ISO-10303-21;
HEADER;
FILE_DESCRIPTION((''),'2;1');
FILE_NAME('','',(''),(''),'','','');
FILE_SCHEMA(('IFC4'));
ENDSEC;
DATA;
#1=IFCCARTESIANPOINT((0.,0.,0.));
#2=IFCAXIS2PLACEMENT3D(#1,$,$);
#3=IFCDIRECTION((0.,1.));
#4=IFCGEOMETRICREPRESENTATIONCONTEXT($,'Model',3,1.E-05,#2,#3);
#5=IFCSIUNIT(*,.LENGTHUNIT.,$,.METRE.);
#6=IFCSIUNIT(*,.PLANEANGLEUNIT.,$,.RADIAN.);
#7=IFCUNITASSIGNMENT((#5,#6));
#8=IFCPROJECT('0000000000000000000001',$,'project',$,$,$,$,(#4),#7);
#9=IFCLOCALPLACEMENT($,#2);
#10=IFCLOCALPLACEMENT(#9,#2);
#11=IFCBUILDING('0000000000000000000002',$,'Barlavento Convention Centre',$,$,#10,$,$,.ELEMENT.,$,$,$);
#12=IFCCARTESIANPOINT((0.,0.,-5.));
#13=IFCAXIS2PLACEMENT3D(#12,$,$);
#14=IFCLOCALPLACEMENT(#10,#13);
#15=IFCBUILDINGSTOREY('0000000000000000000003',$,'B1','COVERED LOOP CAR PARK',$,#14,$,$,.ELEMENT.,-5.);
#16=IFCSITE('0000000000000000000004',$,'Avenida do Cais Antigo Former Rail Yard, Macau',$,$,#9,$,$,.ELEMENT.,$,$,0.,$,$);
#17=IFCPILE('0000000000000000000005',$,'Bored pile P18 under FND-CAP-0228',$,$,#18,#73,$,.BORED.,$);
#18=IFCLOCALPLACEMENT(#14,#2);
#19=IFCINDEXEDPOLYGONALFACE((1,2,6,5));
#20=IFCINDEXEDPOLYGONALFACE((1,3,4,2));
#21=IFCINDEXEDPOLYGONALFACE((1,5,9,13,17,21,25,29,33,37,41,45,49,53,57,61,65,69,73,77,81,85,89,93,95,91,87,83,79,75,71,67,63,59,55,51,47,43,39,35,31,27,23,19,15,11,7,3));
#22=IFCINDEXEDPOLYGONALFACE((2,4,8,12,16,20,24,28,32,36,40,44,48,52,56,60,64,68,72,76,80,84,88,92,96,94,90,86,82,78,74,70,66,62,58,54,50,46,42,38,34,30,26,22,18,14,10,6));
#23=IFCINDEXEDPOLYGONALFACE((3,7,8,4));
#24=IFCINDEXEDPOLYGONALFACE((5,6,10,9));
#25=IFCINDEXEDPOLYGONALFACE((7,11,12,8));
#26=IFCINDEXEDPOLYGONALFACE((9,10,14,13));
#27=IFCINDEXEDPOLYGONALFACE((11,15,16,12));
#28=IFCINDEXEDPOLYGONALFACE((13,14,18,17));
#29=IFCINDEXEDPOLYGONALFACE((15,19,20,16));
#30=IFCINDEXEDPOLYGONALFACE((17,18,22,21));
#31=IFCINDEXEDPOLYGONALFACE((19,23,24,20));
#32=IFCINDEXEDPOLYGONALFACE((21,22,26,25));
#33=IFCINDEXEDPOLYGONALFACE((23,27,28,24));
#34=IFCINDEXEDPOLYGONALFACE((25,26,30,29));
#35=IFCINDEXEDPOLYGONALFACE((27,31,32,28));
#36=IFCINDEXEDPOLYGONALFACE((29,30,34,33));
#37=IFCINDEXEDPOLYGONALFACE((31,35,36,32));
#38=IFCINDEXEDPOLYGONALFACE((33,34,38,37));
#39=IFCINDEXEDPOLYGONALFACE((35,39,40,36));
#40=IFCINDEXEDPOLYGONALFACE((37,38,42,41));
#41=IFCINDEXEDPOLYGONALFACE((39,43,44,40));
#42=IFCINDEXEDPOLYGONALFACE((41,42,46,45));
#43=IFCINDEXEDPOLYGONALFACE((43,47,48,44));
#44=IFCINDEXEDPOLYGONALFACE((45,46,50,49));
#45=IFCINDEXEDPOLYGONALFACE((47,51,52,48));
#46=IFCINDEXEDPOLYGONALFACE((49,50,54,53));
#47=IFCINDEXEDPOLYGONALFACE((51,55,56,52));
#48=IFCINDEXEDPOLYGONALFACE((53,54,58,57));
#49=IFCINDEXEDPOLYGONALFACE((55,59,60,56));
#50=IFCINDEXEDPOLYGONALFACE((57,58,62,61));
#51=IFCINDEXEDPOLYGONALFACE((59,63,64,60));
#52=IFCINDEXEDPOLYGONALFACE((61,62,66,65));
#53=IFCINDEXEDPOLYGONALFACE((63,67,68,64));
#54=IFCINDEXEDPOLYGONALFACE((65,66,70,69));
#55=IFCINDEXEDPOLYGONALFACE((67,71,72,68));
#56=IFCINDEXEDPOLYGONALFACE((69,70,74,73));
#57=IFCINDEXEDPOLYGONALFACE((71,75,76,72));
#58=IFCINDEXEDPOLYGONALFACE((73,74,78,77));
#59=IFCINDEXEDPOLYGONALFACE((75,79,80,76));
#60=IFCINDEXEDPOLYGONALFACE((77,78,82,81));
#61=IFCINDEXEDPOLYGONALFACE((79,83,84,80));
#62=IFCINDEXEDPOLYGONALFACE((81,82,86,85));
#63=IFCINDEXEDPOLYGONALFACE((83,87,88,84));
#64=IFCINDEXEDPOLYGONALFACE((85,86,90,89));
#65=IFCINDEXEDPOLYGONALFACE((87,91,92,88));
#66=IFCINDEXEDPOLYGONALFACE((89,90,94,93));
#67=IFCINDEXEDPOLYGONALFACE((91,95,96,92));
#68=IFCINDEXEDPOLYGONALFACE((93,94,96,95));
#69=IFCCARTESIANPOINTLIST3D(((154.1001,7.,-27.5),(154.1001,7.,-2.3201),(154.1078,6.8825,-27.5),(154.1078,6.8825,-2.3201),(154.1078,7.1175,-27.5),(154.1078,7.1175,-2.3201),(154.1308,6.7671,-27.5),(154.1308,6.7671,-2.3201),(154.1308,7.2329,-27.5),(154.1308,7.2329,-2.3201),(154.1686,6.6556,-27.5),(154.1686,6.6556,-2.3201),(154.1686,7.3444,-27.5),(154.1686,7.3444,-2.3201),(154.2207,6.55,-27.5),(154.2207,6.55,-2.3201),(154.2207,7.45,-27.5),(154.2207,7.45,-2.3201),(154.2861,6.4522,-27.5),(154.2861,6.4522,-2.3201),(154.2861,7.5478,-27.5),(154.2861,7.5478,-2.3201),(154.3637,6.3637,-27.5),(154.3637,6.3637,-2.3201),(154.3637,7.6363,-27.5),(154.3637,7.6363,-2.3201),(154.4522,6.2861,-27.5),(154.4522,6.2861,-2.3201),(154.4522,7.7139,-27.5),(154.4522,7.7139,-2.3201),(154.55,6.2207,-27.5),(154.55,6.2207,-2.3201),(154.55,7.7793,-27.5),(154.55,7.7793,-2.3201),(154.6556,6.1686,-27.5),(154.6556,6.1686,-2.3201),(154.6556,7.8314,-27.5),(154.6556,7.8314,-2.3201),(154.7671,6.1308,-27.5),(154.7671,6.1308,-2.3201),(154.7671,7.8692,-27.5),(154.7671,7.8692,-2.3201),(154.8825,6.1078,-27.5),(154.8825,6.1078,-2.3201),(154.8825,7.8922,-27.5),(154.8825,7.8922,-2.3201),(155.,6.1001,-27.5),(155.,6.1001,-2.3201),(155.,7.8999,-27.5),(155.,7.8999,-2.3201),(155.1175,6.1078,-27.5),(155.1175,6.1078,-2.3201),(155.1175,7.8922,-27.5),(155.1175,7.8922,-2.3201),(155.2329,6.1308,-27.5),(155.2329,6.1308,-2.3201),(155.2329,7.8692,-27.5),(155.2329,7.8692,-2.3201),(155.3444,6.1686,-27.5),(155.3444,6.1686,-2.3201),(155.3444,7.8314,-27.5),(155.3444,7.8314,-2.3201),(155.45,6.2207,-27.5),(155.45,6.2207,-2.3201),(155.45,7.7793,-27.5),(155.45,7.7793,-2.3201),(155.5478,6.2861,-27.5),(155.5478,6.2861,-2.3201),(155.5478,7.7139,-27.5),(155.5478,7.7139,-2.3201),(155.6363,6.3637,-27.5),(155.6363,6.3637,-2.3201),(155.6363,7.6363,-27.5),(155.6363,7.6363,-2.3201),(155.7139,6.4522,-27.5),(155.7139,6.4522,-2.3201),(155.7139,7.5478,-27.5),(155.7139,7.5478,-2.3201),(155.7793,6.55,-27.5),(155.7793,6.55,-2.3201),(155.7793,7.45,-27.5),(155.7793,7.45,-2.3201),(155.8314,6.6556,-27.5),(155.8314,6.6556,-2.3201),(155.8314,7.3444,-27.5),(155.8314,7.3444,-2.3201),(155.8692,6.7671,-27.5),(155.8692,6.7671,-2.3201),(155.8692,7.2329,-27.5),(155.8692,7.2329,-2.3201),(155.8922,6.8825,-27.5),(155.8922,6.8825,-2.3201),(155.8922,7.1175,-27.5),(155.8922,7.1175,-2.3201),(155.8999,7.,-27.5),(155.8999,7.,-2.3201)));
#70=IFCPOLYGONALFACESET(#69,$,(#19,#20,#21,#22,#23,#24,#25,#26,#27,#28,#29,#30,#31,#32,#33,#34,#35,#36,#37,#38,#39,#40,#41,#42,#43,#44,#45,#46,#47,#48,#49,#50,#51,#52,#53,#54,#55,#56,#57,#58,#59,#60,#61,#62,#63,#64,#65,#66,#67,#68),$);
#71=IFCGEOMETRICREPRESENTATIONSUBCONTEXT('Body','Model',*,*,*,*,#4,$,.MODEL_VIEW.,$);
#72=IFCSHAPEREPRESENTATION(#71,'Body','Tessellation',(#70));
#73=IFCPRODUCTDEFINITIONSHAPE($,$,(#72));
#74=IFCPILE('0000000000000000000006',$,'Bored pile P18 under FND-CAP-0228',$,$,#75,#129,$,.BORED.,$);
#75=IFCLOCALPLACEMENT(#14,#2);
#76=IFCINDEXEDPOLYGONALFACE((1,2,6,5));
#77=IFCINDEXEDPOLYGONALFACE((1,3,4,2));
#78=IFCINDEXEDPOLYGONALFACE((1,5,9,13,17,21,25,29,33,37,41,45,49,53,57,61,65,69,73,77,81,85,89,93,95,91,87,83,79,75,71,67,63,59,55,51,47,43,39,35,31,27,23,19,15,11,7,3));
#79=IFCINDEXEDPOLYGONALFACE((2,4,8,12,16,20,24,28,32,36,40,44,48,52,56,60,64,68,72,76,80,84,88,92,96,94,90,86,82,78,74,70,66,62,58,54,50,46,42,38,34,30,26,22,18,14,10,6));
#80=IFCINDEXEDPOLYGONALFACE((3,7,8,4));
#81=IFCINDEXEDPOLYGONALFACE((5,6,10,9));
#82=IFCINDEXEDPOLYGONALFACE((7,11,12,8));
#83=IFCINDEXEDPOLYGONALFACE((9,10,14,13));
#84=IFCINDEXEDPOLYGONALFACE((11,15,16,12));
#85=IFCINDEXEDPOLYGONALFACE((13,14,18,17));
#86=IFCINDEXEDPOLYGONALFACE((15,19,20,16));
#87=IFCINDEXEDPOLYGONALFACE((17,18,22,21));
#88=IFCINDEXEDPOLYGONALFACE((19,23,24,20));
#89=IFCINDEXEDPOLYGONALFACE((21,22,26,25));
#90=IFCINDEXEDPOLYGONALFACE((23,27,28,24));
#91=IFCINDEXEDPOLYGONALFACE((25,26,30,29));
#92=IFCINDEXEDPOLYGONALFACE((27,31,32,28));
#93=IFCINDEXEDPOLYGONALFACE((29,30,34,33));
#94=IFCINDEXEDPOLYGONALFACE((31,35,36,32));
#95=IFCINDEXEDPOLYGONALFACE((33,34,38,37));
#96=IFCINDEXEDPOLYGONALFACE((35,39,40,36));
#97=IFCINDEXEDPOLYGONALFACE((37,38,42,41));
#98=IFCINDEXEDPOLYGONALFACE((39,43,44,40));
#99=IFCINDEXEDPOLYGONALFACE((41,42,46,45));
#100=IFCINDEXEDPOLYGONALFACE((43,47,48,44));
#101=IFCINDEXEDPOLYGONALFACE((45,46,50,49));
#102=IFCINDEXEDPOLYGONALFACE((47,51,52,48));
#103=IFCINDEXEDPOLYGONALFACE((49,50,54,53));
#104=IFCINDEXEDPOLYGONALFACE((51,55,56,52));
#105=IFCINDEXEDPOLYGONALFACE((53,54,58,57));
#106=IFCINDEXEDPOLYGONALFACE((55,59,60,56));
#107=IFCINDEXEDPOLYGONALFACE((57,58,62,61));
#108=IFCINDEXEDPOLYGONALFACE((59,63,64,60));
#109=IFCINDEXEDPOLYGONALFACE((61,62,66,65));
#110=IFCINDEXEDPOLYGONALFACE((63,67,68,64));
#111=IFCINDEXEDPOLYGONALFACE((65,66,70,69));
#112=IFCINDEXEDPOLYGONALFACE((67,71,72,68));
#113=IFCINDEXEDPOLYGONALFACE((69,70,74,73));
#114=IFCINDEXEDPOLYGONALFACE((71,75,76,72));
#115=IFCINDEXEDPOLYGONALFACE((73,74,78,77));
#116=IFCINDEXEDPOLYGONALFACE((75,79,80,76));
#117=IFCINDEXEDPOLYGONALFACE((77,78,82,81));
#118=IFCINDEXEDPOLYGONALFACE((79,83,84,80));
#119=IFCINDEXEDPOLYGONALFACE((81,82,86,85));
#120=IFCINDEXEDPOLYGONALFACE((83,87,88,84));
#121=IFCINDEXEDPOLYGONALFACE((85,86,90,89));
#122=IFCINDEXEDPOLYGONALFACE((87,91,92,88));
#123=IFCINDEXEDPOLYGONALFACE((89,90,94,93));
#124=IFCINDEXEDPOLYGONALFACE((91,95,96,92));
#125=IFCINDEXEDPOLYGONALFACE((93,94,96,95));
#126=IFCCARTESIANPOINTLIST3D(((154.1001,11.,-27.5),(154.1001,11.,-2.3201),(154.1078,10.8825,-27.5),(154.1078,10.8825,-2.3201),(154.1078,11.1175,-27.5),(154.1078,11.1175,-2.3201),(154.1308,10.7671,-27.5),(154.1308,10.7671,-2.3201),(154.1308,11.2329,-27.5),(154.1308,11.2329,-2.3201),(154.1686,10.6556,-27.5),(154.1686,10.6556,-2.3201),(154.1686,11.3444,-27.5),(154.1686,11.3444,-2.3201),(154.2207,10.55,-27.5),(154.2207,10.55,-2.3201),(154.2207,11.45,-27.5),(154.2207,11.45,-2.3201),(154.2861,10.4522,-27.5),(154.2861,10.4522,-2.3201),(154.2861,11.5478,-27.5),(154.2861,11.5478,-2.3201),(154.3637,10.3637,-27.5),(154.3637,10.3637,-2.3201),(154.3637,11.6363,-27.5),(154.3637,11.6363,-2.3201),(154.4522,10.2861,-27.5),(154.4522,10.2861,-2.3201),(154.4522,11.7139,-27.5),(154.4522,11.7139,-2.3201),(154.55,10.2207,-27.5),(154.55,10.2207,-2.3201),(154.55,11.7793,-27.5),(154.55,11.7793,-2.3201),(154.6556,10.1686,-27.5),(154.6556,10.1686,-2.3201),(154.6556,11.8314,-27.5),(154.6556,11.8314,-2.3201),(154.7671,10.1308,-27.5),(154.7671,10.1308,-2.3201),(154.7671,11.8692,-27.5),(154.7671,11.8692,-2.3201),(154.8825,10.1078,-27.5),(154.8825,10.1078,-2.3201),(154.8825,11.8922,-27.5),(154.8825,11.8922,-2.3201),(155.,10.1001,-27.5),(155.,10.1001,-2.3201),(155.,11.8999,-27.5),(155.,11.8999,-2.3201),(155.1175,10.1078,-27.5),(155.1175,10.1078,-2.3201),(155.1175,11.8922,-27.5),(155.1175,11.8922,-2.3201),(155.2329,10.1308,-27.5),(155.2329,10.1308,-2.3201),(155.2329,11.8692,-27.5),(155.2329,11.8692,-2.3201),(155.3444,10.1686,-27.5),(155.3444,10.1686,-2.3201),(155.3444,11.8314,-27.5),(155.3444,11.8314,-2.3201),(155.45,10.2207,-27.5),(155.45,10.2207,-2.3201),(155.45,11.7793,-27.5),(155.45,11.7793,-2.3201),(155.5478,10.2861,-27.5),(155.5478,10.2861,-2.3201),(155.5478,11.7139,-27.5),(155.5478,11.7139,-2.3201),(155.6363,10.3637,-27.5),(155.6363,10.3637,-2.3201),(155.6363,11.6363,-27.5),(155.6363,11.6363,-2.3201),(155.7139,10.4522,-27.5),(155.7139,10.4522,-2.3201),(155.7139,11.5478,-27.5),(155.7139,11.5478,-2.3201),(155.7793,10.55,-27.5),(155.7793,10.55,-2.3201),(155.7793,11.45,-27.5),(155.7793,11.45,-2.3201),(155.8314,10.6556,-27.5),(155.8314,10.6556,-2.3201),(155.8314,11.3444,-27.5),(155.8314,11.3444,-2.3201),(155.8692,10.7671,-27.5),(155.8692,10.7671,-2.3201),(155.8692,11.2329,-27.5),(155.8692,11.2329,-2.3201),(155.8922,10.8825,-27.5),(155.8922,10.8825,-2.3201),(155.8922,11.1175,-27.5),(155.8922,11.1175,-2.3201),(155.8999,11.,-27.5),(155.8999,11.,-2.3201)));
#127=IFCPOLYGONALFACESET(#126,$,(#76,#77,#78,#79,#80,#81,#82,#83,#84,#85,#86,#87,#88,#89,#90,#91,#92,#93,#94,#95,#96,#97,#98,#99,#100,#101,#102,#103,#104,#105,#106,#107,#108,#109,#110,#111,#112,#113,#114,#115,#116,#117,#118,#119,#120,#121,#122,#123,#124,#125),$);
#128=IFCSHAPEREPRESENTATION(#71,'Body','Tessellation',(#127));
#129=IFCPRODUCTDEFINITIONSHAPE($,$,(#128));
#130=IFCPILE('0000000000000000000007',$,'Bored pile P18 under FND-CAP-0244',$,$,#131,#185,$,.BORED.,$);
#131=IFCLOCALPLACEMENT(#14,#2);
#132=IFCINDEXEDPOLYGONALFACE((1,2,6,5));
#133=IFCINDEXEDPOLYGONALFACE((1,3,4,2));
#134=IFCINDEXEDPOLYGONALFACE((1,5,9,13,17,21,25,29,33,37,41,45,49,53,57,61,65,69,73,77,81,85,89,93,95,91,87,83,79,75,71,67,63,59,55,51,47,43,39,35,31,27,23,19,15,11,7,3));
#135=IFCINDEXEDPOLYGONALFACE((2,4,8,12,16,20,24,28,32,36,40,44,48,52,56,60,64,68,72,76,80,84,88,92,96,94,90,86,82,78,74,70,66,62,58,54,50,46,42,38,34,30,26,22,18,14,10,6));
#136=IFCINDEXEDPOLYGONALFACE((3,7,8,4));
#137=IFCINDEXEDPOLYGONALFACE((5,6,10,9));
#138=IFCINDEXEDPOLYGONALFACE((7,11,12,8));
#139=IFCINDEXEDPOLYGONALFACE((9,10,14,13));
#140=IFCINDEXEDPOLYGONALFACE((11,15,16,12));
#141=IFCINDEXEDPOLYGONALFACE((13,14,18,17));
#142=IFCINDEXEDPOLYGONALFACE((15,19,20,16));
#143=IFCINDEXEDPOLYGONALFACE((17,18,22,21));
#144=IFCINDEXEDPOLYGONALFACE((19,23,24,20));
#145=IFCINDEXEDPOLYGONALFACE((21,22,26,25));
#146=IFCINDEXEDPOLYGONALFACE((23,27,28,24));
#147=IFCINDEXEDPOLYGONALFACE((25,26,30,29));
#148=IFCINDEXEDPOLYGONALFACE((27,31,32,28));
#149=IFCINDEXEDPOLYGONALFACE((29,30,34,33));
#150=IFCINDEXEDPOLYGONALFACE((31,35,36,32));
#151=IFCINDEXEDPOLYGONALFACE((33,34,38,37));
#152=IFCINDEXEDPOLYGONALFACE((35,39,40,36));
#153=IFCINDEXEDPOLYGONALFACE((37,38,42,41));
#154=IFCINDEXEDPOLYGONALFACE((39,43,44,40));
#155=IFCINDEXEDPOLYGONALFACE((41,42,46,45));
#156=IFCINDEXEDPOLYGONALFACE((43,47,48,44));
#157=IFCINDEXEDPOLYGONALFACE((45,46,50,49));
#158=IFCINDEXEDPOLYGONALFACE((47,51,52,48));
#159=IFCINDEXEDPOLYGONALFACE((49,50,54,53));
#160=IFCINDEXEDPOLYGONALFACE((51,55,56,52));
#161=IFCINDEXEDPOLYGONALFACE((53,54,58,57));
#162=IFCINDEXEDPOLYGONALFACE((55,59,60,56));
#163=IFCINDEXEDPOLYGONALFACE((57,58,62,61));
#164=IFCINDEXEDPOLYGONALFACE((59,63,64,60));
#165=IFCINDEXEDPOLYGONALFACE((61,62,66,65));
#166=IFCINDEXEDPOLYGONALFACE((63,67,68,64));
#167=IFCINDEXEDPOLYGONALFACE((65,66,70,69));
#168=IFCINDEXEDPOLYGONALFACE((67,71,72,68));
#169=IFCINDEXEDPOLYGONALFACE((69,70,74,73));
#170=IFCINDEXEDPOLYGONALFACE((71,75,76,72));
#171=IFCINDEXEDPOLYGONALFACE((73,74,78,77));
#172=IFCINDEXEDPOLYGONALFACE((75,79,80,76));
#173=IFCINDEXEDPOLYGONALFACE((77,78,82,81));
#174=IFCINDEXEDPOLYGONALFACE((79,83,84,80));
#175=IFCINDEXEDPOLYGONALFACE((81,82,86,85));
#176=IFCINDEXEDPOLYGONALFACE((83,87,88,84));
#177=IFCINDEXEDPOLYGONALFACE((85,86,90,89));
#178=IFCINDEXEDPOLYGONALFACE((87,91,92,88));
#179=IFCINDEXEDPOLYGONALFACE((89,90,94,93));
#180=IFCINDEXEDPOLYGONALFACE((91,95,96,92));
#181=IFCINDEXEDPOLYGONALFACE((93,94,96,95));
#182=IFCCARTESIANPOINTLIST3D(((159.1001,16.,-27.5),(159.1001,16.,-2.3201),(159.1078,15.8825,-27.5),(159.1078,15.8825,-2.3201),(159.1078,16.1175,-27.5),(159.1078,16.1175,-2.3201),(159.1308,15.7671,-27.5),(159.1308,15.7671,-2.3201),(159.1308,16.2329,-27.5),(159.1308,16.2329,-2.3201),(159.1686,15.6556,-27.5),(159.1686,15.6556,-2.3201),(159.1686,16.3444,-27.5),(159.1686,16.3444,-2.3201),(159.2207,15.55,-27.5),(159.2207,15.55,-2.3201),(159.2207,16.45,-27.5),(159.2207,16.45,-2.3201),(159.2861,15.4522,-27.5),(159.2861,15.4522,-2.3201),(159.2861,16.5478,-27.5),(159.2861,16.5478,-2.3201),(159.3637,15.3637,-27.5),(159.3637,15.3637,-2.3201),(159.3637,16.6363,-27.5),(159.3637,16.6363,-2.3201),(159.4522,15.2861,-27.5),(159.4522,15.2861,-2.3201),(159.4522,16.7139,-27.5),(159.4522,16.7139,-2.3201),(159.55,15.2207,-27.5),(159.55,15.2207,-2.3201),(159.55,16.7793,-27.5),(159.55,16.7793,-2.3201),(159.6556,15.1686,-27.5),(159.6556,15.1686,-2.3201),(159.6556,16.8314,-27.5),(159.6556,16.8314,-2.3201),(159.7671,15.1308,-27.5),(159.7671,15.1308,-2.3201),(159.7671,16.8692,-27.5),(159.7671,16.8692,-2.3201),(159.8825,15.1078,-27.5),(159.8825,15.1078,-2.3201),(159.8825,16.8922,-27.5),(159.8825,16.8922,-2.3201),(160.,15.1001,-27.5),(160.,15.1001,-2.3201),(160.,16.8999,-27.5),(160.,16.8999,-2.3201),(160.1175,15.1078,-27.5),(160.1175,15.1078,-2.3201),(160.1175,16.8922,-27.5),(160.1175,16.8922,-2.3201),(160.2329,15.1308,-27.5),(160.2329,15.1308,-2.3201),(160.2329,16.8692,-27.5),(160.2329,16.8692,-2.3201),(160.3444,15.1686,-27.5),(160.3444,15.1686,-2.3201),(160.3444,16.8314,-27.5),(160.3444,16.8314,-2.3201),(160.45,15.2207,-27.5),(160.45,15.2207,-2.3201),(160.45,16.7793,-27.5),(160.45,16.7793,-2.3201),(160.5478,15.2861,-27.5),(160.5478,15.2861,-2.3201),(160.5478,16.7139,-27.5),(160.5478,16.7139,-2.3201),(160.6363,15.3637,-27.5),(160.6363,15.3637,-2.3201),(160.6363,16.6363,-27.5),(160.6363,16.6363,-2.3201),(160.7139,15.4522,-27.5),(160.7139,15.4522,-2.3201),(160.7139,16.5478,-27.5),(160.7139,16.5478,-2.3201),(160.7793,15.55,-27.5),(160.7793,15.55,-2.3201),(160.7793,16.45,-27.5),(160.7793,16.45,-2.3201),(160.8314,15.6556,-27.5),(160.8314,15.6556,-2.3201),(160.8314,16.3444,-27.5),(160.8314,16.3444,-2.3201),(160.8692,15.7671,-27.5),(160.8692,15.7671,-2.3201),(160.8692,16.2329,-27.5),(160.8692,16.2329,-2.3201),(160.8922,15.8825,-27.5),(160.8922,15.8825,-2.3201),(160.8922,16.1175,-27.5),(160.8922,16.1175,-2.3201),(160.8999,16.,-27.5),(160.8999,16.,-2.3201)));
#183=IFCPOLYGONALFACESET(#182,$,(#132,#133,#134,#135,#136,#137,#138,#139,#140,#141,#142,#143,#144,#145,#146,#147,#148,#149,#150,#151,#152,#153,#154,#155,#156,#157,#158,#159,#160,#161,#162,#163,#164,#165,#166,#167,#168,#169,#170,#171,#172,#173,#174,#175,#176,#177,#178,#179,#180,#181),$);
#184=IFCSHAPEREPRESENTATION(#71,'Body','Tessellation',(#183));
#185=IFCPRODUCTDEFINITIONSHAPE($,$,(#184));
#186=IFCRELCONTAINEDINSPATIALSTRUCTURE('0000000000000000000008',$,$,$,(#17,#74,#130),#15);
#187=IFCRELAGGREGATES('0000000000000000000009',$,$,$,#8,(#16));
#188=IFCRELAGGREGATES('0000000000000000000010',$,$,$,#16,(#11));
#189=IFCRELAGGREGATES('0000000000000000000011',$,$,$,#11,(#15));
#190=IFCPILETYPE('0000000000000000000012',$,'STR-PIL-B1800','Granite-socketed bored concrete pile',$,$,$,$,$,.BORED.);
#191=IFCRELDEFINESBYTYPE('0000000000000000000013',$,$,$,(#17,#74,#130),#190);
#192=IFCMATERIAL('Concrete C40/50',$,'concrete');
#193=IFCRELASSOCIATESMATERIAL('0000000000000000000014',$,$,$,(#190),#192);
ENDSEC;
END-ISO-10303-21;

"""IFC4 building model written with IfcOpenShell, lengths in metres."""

from ifc_helpers import new_model, si_unit, direction, frame, origin, origin_2d, place, context, subcontext, project, spatial, circle, extrude, material, material_profile, profile_set, type_object, element, save


model = new_model("IFC4")

# Units and contexts
model_context = context("Model", 3, precision=1e-05, world=origin(), true_north=direction((0.0, 1.0)))
body_context = subcontext(model_context, "Body", "Model", "MODEL_VIEW")
ifc_project = project(units=[si_unit("LENGTHUNIT", "METRE"), si_unit("PLANEANGLEUNIT", "RADIAN")], contexts=[model_context])

# Site, building, storey
site_placement = place(None, origin())
site = spatial("IfcSite", under=ifc_project, at=site_placement, Name="Avenida do Cais Antigo Former Rail Yard, Macau", CompositionType="ELEMENT", RefElevation=0.0)
building_placement = place(site_placement, origin())
building = spatial("IfcBuilding", under=site, at=building_placement, Name="Barlavento Convention Centre", CompositionType="ELEMENT")
storey_placement = place(building_placement, frame((0.0, 0.0, -5.0)))
storey = spatial("IfcBuildingStorey", under=building, at=storey_placement, Name="B1", Description="COVERED LOOP CAR PARK", CompositionType="ELEMENT", Elevation=-5.0)

# Shared definitions
ifc_material_1 = material(Name="Concrete C40/50", Category="concrete")

# Piles
ifc_material_profile_1 = material_profile(ifc_material_1, circle(Radius=0.8999, at=origin_2d()), Name="BORED PILE 1800")
ifc_profile_set_1 = profile_set([ifc_material_profile_1], Name="Concrete C40/50")
pile_type_1 = type_object("IfcPileType", Name="STR-PIL-B1800", Description="Granite-socketed bored concrete pile", PredefinedType="BORED", material=ifc_profile_set_1)
for number, where, z_axis, x_axis, name in (
    (1, (155.0, 7.0, -2.3201), (0.0, 0.0, -1.0), (1.0, 0.0, 0.0), "Bored pile P18 under FND-CAP-0228"),
    (2, (155.0, 11.0, -2.3201), (0.0, 0.0, -1.0), (1.0, 0.0, 0.0), "Bored pile P18 under FND-CAP-0228"),
    (3, (160.0, 16.0, -2.3201), (0.0, 0.0, -1.0), (1.0, 0.0, 0.0), "Bored pile P18 under FND-CAP-0244"),
):
    element("IfcPile", number, at=place(storey_placement, frame(where, z_axis=z_axis, x_axis=x_axis)), inside=storey, type_object=pile_type_1, Name=name, PredefinedType="BORED", context=body_context, shape_type="SweptSolid", body=[
        extrude(circle(Radius=0.8999, at=origin_2d()), origin(), (0.0, 0.0, 1.0), 25.1799),
    ])

save(model, "model.ifc")
